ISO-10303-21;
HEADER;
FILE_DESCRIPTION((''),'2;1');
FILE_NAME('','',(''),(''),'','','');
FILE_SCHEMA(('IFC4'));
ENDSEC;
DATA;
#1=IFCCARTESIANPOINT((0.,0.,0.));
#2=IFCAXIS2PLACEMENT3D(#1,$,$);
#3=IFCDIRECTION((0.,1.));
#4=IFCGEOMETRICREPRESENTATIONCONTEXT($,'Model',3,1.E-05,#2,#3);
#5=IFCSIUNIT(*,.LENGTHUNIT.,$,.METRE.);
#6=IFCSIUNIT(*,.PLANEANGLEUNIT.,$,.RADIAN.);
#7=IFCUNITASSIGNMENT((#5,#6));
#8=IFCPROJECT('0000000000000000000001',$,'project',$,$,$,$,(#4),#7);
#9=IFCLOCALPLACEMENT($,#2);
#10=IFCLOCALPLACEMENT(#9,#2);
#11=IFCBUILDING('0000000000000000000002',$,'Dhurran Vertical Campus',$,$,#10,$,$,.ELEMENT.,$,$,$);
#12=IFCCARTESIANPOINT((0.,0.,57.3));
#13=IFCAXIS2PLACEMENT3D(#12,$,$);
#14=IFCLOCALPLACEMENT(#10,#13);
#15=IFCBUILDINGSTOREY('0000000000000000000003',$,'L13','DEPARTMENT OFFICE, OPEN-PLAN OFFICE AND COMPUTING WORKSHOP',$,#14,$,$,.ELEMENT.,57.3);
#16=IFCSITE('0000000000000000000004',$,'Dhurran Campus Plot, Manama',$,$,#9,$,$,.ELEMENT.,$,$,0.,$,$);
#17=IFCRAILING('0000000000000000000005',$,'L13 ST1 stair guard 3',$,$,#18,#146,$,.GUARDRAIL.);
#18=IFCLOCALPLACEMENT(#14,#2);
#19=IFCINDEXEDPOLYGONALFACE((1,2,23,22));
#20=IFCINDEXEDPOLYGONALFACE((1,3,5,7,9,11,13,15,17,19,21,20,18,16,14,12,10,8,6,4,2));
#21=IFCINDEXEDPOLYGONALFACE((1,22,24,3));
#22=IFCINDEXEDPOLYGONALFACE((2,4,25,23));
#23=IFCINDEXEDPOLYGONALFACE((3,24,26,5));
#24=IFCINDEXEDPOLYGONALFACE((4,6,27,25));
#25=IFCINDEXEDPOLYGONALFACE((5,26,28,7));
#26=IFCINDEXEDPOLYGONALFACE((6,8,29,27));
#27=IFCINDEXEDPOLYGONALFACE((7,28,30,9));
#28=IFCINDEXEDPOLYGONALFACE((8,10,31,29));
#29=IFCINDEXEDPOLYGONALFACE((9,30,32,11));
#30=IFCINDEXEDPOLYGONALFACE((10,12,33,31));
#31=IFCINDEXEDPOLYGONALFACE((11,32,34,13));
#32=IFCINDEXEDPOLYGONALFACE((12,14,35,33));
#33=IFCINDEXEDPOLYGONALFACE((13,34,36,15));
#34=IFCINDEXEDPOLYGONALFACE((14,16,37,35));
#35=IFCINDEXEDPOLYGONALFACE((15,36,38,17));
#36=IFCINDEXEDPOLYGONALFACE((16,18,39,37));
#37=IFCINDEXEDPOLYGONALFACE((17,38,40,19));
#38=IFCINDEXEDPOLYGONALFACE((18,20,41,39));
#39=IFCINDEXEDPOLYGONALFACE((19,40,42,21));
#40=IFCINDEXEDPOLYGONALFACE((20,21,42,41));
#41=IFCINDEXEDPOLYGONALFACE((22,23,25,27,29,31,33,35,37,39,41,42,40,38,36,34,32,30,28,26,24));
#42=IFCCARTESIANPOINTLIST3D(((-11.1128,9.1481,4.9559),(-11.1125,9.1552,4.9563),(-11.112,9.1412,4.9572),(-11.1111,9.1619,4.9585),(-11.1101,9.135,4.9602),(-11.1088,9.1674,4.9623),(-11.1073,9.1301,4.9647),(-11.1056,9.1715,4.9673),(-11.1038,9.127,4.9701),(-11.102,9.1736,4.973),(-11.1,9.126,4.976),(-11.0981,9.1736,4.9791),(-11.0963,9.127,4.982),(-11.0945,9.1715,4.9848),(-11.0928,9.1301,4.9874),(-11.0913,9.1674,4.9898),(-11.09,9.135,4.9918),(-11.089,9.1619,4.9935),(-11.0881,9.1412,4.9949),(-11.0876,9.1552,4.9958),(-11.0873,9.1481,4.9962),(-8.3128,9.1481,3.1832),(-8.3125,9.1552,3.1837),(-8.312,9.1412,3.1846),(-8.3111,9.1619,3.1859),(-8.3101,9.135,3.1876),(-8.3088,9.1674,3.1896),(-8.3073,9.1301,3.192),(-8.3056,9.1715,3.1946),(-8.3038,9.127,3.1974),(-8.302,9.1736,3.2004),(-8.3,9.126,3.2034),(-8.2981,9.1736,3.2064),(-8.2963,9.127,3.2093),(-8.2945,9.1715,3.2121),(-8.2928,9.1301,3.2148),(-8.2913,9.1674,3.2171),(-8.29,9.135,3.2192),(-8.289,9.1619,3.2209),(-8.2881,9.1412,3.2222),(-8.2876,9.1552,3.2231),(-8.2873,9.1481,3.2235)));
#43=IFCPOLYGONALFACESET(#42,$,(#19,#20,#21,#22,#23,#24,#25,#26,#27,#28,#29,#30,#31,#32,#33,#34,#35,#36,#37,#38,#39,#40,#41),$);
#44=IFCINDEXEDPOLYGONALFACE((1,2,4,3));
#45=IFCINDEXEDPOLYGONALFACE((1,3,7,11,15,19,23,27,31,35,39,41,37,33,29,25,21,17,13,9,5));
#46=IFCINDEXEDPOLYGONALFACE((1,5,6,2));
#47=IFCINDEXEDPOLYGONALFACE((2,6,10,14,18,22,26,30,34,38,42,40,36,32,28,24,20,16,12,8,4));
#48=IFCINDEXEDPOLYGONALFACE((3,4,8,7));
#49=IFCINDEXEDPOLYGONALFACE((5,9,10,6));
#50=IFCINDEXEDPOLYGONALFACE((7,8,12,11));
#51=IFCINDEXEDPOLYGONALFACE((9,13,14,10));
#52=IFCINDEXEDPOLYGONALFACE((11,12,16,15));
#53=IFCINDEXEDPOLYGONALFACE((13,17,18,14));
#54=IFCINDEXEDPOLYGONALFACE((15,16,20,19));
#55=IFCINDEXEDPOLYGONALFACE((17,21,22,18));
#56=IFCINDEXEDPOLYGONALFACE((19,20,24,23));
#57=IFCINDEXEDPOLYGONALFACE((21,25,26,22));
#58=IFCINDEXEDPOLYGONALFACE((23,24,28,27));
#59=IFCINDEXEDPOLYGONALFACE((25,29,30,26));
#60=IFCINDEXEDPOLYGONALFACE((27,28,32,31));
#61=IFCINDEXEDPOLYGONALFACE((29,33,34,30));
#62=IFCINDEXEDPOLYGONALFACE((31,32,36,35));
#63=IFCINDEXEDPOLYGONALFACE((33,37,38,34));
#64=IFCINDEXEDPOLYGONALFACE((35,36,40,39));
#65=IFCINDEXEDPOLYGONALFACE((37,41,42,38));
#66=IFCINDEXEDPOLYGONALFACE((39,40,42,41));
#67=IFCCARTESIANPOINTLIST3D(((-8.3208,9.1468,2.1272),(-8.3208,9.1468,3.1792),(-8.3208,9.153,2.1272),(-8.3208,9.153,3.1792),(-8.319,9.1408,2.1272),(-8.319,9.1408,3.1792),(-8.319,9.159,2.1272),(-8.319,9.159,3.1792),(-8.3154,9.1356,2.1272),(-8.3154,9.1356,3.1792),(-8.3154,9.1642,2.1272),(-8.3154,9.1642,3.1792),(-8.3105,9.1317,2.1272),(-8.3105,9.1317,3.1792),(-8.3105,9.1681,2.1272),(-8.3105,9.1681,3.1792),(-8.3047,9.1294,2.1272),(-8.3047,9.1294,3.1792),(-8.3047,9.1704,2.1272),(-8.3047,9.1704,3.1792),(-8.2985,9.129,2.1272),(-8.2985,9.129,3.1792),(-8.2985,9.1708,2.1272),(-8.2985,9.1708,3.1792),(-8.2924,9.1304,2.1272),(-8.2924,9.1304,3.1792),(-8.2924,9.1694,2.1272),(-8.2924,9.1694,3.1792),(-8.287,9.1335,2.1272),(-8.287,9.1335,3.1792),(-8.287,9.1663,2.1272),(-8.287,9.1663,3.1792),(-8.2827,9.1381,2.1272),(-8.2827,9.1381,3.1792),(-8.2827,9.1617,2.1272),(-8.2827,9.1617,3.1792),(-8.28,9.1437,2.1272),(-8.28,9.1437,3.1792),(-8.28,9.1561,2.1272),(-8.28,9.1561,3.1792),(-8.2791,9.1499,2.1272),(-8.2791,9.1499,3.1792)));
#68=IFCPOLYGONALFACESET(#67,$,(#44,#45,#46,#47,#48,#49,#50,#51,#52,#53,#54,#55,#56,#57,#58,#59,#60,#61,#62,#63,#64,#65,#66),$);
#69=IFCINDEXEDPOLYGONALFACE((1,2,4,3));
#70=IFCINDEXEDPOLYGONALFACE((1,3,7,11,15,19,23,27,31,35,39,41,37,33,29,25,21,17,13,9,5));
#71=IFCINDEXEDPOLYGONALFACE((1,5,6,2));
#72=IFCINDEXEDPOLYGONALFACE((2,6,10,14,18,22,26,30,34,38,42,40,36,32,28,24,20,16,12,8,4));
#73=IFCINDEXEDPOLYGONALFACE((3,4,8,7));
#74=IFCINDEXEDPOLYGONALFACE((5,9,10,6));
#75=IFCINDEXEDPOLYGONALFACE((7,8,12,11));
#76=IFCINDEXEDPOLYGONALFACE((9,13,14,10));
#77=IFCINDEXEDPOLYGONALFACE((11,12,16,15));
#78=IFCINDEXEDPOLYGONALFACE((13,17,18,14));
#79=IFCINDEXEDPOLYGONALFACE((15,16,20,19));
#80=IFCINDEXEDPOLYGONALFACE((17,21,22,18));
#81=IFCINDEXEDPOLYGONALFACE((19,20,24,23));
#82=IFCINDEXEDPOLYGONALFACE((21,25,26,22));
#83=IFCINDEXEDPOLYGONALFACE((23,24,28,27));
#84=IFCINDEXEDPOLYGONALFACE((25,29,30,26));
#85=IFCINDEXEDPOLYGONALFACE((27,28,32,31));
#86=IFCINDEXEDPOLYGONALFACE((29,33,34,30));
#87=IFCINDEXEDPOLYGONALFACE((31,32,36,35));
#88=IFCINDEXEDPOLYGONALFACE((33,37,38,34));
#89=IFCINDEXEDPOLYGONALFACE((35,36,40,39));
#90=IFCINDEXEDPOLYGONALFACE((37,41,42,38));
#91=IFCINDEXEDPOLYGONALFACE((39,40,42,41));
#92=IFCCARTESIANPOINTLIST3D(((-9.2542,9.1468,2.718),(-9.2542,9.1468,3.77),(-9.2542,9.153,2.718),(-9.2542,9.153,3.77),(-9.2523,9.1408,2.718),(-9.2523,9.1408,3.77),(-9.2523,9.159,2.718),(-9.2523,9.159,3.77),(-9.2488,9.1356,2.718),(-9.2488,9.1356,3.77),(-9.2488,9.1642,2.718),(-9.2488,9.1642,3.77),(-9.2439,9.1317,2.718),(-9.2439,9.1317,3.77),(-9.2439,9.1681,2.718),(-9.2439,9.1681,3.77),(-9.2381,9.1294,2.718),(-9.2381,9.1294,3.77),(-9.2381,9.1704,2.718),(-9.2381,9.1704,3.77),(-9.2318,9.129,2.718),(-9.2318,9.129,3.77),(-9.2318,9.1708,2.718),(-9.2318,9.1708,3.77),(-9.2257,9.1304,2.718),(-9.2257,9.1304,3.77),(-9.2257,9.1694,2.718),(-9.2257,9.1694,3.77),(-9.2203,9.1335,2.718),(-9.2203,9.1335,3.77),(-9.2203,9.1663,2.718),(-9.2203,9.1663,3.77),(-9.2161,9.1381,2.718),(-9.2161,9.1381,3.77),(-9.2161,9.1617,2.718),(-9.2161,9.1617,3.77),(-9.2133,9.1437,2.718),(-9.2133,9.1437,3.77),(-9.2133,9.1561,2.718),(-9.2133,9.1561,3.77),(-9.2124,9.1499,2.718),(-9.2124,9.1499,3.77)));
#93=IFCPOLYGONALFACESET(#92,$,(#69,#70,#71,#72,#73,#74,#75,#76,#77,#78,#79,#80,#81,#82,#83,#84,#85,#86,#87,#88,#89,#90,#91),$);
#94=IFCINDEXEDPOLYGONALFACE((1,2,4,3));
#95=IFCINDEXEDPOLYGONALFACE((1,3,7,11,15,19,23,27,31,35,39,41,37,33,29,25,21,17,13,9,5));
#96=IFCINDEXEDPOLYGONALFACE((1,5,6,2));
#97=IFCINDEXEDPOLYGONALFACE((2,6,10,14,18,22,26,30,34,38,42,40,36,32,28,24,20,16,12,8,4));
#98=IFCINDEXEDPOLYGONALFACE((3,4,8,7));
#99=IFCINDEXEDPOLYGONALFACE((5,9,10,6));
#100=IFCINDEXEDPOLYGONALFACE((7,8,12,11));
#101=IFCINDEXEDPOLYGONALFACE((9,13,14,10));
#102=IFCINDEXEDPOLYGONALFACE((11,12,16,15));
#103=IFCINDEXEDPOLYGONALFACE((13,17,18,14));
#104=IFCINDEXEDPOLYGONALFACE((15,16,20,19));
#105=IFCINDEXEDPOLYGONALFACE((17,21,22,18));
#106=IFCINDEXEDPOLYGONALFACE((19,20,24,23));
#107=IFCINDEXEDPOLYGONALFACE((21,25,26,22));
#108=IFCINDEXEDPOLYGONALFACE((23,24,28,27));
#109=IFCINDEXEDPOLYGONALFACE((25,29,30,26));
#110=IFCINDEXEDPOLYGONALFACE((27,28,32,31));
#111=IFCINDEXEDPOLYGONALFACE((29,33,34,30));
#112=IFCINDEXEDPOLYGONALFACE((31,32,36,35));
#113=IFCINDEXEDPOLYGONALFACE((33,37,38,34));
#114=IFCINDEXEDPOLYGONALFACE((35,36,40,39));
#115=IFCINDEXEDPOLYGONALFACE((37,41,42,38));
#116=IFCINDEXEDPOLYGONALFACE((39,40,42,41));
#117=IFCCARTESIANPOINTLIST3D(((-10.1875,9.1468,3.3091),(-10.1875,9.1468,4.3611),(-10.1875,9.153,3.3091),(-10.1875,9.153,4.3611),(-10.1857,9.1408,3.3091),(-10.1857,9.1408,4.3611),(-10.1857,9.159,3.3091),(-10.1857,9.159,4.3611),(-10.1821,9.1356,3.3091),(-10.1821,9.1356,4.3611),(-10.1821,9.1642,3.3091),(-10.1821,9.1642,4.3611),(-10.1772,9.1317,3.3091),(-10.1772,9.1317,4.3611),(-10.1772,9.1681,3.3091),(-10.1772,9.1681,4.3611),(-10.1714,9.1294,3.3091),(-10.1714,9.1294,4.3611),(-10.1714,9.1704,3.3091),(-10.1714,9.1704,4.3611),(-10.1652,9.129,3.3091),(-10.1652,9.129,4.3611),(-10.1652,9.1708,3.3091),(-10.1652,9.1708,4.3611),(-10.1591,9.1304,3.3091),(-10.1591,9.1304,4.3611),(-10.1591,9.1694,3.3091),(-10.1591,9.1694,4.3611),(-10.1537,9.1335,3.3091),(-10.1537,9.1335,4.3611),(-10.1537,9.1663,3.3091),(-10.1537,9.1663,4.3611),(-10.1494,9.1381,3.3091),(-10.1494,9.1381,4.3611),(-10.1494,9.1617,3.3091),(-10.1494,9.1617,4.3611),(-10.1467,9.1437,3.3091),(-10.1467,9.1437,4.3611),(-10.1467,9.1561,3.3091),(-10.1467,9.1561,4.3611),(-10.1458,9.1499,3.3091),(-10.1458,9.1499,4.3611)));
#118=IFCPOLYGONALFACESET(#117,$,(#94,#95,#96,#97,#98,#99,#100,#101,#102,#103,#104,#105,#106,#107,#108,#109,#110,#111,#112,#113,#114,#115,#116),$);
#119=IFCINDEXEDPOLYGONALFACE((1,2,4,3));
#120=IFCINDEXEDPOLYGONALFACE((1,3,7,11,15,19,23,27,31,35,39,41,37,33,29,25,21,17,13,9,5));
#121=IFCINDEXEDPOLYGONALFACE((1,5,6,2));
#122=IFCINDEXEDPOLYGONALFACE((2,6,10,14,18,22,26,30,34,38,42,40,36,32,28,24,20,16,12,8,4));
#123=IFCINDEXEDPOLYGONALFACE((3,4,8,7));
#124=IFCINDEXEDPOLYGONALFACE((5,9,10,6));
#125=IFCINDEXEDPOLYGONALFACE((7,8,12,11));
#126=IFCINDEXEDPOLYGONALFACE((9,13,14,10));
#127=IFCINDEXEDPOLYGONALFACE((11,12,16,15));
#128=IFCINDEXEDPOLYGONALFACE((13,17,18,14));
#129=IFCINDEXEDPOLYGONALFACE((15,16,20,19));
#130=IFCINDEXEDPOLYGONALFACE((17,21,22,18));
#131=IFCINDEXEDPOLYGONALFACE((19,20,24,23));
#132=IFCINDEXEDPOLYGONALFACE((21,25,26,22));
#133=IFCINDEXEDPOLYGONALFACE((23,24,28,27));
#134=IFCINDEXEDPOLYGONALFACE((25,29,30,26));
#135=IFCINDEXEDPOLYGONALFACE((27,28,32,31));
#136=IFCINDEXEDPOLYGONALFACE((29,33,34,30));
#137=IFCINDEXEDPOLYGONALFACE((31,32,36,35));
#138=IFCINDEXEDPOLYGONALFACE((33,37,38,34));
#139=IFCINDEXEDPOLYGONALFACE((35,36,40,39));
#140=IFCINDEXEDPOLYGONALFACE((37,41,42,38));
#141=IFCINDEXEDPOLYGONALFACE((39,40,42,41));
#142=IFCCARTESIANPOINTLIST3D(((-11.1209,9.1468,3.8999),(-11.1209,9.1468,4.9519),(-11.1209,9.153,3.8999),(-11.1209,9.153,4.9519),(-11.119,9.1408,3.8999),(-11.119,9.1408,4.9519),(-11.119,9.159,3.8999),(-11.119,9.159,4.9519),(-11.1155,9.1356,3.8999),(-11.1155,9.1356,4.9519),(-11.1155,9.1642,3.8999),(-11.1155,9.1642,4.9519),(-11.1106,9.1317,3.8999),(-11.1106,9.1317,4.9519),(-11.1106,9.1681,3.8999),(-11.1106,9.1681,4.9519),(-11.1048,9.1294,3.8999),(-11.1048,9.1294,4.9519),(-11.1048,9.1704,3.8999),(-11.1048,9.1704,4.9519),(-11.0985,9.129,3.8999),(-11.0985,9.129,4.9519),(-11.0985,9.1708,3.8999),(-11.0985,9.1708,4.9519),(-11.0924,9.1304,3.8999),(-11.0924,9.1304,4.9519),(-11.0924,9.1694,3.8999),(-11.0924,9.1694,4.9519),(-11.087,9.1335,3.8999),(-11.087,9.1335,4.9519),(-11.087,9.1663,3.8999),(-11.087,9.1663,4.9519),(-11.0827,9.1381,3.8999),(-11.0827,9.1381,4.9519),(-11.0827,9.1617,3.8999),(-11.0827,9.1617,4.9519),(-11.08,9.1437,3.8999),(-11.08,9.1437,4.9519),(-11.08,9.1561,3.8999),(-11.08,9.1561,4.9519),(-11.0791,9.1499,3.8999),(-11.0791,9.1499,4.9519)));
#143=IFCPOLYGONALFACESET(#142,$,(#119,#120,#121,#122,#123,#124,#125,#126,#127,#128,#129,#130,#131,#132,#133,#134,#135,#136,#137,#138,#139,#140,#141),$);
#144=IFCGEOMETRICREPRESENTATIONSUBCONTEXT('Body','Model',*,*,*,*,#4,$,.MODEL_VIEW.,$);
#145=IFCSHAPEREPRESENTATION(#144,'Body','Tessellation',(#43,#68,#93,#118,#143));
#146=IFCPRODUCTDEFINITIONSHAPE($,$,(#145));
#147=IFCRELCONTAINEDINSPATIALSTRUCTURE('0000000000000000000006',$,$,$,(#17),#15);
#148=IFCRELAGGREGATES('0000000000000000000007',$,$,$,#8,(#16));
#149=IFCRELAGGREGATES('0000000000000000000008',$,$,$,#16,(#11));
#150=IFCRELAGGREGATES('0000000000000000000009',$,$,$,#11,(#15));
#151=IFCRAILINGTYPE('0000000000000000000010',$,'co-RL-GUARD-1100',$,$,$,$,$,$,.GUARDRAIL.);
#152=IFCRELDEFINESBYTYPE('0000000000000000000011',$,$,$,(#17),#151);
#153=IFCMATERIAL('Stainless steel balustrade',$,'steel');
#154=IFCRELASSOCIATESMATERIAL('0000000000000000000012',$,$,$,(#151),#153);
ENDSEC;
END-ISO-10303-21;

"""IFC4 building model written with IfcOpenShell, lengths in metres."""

from ifc_helpers import new_model, si_unit, direction, frame, origin, origin_2d, place, context, subcontext, project, spatial, circle, extrude, material, type_object, element, save


model = new_model("IFC4")

# Units and contexts
model_context = context("Model", 3, precision=1e-05, world=origin(), true_north=direction((0.0, 1.0)))
body_context = subcontext(model_context, "Body", "Model", "MODEL_VIEW")
ifc_project = project(units=[si_unit("LENGTHUNIT", "METRE"), si_unit("PLANEANGLEUNIT", "RADIAN")], contexts=[model_context])

# Site, building, storey
site_placement = place(None, origin())
site = spatial("IfcSite", under=ifc_project, at=site_placement, Name="Dhurran Campus Plot, Manama", CompositionType="ELEMENT", RefElevation=0.0)
building_placement = place(site_placement, origin())
building = spatial("IfcBuilding", under=site, at=building_placement, Name="Dhurran Vertical Campus", CompositionType="ELEMENT")
storey_placement = place(building_placement, frame((0.0, 0.0, 57.3)))
storey = spatial("IfcBuildingStorey", under=building, at=storey_placement, Name="L13", Description="DEPARTMENT OFFICE, OPEN-PLAN OFFICE AND COMPUTING WORKSHOP", CompositionType="ELEMENT", Elevation=57.3)

# Railing
ifc_material_1 = material(Name="Stainless steel balustrade", Category="steel")
railing_type_1 = type_object("IfcRailingType", Name="co-RL-GUARD-1100", PredefinedType="GUARDRAIL", material=ifc_material_1)
railing_1_placement = place(storey_placement, frame((-8.3, 9.1499, 2.1272)))
element("IfcRailing", 1, at=railing_1_placement, inside=storey, type_object=railing_type_1, Name="L13 ST1 stair guard 3", PredefinedType="GUARDRAIL", context=body_context, shape_type="SweptSolid", body=[
    extrude(circle(Radius=0.0239, at=origin_2d()), frame((0.0, 0.0, 1.0762), z_axis=(-0.844909, 0.0, 0.53491), x_axis=(0.0, -1.0, 0.0)), (0.0, 0.0, 1.0), 3.314),
    extrude(circle(Radius=0.021, at=origin_2d()), origin(), (0.0, 0.0, 1.0), 1.052),
    extrude(circle(Radius=0.021, at=origin_2d()), frame((-0.9333, 0.0, 0.5908)), (0.0, 0.0, 1.0), 1.052),
    extrude(circle(Radius=0.021, at=origin_2d()), frame((-1.8667, 0.0, 1.1819)), (0.0, 0.0, 1.0), 1.052),
    extrude(circle(Radius=0.021, at=origin_2d()), frame((-2.8, 0.0, 1.7727)), (0.0, 0.0, 1.0), 1.052),
])

save(model, "model.ifc")
